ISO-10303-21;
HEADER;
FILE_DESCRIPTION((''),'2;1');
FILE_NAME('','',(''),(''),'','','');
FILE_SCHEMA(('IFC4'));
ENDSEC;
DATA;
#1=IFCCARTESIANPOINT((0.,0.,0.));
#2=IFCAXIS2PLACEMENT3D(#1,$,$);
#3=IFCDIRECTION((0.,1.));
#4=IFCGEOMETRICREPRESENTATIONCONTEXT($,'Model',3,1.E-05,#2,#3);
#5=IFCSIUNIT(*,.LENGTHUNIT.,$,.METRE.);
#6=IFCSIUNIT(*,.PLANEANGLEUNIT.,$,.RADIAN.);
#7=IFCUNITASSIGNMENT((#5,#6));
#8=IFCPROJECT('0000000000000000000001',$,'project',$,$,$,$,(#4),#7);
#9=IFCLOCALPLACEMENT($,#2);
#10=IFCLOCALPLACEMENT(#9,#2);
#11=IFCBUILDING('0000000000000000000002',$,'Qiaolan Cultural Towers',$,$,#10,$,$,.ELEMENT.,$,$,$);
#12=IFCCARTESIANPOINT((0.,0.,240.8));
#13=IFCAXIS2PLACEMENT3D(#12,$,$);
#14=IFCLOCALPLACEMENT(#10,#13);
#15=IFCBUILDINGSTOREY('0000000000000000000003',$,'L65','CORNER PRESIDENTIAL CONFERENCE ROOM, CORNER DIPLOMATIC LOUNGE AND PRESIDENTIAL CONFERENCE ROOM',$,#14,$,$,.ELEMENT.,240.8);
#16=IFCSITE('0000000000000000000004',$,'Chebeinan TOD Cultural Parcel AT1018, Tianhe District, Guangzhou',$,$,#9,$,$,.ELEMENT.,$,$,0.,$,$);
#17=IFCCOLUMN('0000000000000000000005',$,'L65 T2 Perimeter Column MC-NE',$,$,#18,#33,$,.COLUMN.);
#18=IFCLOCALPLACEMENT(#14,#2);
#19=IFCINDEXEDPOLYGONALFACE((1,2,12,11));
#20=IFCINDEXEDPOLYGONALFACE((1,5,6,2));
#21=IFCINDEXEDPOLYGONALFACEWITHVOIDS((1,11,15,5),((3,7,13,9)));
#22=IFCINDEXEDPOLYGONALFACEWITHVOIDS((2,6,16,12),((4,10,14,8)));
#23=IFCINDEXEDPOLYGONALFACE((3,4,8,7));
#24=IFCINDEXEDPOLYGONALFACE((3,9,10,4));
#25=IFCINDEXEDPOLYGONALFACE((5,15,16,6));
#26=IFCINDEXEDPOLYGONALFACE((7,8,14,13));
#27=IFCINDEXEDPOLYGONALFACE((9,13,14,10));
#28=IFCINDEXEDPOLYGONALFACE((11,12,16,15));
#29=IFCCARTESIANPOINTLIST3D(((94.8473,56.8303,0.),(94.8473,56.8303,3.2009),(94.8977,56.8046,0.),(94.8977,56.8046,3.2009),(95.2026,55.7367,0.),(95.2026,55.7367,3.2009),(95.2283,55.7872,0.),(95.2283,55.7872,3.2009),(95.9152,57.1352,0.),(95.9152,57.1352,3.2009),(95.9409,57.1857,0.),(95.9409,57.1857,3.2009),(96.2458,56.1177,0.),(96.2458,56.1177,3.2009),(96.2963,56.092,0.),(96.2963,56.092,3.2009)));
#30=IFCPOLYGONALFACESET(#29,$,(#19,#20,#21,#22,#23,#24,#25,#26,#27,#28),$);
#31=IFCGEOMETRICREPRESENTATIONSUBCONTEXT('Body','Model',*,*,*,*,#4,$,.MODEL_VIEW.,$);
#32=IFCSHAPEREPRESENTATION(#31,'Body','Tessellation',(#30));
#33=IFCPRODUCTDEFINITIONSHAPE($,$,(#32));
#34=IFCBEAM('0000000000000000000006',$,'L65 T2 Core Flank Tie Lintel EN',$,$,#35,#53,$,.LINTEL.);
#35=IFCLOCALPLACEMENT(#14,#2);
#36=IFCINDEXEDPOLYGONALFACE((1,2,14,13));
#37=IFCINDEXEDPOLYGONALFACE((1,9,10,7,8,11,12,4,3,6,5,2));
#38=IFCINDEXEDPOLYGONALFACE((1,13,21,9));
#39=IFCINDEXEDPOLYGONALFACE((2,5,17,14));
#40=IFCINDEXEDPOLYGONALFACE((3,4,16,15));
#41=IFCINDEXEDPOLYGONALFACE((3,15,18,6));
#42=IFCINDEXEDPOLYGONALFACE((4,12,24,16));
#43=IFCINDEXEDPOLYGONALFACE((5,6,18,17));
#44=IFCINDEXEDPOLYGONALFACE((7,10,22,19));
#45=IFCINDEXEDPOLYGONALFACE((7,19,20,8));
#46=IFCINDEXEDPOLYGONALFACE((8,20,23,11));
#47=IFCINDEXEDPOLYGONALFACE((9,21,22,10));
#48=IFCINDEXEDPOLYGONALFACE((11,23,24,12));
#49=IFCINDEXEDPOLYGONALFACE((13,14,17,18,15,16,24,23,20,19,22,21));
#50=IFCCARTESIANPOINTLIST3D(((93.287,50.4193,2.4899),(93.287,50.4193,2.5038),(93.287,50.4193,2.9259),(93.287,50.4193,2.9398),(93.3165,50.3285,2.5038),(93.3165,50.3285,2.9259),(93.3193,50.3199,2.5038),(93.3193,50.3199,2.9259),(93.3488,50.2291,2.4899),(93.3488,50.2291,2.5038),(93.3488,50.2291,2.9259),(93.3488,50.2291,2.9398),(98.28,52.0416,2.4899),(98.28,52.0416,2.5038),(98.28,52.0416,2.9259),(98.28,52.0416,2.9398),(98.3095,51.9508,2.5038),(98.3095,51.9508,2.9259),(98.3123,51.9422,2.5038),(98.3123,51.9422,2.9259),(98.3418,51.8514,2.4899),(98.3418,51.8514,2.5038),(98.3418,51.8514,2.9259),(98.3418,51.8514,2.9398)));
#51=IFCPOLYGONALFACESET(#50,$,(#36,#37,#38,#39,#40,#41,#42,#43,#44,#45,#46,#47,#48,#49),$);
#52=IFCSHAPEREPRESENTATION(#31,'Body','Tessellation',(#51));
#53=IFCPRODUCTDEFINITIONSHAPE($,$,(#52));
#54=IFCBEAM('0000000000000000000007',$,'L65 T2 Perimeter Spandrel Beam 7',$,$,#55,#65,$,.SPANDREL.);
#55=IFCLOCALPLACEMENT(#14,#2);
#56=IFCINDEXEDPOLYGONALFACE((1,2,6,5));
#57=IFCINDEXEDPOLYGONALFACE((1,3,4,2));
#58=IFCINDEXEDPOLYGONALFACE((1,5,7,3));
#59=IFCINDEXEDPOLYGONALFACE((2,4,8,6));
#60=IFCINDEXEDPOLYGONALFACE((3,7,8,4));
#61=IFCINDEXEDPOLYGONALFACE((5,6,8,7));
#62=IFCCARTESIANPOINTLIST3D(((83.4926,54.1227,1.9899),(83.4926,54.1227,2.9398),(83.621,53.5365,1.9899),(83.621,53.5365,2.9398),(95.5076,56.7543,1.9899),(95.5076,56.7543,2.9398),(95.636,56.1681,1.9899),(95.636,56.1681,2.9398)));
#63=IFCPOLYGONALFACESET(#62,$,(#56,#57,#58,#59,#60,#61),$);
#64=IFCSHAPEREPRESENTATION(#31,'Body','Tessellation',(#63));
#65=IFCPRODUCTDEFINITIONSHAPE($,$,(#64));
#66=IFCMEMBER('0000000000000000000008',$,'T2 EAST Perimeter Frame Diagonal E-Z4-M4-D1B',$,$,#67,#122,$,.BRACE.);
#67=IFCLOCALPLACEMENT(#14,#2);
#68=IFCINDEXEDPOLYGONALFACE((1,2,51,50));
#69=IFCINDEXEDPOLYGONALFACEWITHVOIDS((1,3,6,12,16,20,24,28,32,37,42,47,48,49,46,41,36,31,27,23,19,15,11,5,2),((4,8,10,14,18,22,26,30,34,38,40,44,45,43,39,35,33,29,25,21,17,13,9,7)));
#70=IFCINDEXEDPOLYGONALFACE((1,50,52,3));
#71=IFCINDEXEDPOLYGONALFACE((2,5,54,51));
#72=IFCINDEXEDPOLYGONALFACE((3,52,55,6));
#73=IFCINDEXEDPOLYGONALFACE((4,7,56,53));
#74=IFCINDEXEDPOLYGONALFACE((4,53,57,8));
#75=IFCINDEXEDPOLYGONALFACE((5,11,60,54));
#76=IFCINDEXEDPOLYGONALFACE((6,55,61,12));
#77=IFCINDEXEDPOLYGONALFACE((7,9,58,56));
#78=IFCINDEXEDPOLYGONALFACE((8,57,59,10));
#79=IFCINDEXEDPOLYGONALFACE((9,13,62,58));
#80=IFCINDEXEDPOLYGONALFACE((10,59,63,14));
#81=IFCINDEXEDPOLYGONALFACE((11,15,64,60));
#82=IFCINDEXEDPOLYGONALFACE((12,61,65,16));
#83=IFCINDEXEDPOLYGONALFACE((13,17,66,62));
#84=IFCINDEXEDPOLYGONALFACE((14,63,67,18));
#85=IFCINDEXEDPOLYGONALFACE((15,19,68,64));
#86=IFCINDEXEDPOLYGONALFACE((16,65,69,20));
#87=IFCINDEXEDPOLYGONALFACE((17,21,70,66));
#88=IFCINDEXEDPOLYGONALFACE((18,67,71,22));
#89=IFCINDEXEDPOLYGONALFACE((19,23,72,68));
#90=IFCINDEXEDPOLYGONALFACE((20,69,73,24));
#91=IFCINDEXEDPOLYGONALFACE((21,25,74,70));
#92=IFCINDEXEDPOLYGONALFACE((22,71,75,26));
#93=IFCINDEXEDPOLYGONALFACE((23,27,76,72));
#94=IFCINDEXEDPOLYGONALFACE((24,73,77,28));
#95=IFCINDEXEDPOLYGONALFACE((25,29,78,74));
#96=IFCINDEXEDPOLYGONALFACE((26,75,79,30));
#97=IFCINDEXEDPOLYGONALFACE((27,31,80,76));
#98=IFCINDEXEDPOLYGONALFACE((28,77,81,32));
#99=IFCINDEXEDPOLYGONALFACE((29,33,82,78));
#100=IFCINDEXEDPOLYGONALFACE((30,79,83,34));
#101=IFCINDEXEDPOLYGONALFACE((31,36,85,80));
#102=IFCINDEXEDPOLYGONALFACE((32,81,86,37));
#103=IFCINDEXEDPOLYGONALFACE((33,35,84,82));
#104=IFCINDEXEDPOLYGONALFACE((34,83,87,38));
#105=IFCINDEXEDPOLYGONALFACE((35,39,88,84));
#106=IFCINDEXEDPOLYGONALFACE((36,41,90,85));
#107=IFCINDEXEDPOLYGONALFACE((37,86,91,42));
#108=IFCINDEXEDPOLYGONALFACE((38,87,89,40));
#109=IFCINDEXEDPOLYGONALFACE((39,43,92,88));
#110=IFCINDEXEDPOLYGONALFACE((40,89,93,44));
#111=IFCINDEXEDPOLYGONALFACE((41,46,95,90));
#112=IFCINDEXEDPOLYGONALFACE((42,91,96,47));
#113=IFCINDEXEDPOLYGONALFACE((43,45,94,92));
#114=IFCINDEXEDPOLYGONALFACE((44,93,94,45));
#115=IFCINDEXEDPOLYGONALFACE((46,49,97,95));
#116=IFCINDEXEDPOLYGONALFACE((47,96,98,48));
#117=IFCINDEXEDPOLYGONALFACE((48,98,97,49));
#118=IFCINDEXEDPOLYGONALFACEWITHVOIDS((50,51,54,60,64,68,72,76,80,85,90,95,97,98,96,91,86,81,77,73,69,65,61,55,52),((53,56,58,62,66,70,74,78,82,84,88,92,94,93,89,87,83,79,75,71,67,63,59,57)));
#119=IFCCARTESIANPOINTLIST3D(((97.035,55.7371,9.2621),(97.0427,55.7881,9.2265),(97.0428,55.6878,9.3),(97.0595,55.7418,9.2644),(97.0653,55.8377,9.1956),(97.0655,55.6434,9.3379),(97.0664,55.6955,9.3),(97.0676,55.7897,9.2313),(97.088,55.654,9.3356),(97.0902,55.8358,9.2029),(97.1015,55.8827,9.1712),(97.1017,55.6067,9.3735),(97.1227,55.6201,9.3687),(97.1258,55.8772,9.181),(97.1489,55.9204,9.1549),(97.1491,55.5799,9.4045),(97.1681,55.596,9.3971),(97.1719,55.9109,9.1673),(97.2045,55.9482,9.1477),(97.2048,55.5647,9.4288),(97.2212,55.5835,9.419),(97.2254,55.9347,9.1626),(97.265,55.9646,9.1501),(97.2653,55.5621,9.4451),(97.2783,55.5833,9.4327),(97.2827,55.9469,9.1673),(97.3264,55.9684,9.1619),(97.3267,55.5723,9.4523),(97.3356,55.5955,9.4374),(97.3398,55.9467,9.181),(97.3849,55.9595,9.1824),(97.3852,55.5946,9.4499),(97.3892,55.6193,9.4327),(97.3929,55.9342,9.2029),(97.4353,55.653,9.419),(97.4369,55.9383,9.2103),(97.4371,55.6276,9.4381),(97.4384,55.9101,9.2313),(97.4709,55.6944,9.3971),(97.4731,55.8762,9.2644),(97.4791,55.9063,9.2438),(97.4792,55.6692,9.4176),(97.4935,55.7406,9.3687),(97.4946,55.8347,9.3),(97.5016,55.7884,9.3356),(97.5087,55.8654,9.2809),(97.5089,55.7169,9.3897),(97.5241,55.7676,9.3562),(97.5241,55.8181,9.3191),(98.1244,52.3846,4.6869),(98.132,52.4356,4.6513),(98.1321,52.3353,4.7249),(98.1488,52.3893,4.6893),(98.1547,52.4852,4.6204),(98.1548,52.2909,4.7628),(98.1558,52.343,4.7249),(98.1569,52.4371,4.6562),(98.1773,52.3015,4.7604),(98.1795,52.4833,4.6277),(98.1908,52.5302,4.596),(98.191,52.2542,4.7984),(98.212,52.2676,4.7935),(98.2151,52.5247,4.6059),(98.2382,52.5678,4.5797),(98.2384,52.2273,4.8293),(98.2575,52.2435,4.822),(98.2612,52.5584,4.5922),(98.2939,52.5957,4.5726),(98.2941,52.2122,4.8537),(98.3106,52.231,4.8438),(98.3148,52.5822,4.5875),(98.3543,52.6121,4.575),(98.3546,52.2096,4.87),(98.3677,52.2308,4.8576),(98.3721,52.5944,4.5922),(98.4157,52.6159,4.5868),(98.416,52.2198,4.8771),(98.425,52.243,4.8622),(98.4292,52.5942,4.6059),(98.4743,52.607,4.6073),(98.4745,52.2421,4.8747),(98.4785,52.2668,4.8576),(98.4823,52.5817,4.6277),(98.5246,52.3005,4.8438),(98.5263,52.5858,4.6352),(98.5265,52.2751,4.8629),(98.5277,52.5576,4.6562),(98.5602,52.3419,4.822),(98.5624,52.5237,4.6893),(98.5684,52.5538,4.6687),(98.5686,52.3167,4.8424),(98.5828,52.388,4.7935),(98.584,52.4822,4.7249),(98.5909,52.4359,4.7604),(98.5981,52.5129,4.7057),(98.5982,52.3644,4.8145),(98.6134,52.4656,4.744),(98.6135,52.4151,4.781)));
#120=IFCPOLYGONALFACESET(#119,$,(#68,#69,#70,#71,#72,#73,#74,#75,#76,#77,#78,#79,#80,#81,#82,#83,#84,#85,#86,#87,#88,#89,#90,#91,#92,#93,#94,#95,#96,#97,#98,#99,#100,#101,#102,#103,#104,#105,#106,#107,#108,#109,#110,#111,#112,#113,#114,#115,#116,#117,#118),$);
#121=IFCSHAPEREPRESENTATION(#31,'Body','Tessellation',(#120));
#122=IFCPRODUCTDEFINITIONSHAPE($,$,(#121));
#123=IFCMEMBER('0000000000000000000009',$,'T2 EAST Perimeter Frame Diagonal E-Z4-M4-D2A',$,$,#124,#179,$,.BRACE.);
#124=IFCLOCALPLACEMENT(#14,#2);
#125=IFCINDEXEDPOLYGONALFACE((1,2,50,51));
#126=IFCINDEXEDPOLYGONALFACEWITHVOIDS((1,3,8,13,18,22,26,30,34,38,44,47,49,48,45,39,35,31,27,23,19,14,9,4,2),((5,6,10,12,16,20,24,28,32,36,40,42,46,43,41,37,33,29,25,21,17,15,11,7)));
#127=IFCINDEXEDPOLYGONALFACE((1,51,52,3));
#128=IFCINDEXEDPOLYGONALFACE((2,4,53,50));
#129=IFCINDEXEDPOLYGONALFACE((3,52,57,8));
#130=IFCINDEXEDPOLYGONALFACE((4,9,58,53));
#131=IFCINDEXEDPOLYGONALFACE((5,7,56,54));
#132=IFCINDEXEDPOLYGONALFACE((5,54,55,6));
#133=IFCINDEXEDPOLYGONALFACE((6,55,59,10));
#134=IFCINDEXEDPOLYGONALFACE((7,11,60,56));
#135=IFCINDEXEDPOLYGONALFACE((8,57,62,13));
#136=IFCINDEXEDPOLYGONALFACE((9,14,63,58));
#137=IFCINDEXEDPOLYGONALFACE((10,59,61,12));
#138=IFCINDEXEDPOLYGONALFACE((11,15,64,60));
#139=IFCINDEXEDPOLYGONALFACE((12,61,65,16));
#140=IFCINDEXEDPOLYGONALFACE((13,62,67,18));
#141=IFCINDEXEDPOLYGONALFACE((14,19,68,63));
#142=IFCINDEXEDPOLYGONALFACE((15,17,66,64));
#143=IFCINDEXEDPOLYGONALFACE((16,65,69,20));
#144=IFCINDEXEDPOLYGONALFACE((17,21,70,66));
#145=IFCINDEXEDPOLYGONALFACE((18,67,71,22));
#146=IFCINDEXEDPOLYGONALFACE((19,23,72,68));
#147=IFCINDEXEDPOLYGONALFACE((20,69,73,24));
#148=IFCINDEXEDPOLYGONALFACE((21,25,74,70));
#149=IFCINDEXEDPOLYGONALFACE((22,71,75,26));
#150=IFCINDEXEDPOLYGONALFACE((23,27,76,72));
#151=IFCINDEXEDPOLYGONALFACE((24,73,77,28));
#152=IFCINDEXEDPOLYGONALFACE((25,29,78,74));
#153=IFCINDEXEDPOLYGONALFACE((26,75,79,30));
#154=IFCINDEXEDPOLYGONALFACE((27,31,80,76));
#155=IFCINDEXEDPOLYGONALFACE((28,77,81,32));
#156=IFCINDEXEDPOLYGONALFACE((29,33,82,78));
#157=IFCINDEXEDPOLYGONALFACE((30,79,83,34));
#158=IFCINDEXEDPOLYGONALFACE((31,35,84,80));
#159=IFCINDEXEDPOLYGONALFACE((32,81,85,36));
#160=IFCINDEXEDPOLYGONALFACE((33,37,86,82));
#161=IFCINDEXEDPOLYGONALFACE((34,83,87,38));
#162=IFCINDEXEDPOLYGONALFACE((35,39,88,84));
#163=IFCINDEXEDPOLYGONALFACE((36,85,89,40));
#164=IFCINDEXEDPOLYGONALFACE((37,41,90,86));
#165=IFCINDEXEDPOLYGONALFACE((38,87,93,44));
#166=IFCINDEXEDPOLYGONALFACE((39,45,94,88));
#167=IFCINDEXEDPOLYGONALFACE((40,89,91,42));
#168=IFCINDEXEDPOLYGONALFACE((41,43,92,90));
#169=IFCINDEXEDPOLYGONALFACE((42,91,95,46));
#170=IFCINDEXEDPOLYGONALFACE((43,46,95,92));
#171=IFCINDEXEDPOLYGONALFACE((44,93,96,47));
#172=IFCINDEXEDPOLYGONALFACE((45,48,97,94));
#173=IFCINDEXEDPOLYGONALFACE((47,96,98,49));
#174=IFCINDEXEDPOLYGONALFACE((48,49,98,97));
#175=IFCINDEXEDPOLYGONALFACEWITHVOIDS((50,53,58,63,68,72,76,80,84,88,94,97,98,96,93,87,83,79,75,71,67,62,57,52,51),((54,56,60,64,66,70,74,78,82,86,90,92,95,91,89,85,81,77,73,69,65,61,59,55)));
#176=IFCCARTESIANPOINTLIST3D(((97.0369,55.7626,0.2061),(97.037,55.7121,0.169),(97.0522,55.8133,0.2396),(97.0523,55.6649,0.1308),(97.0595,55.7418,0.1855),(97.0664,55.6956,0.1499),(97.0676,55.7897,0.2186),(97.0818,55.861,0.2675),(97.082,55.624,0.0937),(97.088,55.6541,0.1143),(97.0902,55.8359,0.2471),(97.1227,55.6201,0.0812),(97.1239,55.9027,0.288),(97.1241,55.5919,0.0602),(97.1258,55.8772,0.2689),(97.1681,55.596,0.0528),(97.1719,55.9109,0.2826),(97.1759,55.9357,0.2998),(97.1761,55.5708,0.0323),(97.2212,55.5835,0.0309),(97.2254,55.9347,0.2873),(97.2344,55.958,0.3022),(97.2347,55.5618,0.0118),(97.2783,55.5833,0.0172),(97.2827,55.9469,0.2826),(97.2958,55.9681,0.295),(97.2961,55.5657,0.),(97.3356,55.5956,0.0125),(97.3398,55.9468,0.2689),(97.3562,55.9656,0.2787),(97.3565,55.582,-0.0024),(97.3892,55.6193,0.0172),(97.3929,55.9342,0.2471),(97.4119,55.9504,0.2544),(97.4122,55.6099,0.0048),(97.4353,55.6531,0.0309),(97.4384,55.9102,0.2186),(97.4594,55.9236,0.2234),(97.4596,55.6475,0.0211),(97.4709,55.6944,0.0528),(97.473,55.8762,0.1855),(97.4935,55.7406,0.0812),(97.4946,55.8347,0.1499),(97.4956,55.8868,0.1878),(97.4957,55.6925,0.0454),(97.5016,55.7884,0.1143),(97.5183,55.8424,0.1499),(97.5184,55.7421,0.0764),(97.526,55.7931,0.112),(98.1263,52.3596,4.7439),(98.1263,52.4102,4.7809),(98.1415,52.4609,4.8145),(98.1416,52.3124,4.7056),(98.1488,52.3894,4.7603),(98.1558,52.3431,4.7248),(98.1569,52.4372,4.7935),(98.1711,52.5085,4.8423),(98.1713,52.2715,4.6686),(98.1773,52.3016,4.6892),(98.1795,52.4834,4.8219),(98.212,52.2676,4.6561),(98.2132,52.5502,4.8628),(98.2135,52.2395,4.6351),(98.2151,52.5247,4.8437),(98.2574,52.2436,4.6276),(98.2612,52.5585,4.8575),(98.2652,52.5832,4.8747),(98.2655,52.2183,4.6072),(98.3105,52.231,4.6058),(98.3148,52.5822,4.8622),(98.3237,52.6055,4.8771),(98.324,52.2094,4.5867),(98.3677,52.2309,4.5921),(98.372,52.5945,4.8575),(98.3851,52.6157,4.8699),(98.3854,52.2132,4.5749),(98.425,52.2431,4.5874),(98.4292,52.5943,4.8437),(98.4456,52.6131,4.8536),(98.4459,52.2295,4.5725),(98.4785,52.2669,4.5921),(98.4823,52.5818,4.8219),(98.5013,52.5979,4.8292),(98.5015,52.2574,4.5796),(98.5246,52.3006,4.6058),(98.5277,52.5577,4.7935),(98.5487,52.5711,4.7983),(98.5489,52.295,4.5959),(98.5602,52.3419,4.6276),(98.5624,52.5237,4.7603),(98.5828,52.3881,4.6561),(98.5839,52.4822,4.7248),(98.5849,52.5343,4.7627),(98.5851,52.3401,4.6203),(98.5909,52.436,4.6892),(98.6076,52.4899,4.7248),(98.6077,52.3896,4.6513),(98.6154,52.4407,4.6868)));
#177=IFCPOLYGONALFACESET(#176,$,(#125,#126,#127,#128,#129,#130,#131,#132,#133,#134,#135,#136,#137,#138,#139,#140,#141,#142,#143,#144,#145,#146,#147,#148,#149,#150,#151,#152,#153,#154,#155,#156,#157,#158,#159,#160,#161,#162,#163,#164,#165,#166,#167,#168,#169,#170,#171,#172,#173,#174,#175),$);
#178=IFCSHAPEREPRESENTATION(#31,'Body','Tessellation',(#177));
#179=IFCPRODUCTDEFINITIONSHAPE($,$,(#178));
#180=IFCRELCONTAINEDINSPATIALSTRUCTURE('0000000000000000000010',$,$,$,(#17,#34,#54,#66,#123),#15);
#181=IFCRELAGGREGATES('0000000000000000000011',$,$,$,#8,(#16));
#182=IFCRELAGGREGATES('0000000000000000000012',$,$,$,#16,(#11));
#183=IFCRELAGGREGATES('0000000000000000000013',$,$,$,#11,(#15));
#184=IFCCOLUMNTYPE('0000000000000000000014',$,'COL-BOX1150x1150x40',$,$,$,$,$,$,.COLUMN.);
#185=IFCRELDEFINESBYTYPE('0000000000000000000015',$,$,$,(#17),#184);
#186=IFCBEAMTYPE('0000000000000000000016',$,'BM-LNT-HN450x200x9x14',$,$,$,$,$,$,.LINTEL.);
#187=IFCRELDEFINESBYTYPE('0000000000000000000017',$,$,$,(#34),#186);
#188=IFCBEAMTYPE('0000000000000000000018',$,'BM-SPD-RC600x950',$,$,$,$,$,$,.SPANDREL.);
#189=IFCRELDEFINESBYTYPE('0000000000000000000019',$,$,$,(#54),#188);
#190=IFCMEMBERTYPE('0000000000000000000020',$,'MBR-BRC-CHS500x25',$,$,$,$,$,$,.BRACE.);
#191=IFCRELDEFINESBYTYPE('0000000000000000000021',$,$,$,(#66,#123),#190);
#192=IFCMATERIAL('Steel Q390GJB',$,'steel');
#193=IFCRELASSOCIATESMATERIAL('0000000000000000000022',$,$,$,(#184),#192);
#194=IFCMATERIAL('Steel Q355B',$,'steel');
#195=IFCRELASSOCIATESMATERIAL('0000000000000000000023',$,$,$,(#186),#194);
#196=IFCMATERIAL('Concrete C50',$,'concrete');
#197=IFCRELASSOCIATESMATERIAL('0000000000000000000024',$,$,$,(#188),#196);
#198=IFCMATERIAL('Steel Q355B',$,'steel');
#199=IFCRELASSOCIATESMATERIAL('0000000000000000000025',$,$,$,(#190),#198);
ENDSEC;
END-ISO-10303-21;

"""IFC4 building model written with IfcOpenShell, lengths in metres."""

from ifc_helpers import new_model, si_unit, direction, frame, origin, origin_2d, place, context, subcontext, project, spatial, rectangle, hollow_rectangle, hollow_circle, i_section, extrude, material, material_profile, profile_set, type_object, element, save


model = new_model("IFC4")

# Units and contexts
model_context = context("Model", 3, precision=1e-05, world=origin(), true_north=direction((0.0, 1.0)))
body_context = subcontext(model_context, "Body", "Model", "MODEL_VIEW")
ifc_project = project(units=[si_unit("LENGTHUNIT", "METRE"), si_unit("PLANEANGLEUNIT", "RADIAN")], contexts=[model_context])

# Site, building, storey
site_placement = place(None, origin())
site = spatial("IfcSite", under=ifc_project, at=site_placement, Name="Chebeinan TOD Cultural Parcel AT1018, Tianhe District, Guangzhou", CompositionType="ELEMENT", RefElevation=0.0)
building_placement = place(site_placement, origin())
building = spatial("IfcBuilding", under=site, at=building_placement, Name="Qiaolan Cultural Towers", CompositionType="ELEMENT")
storey_placement = place(building_placement, frame((0.0, 0.0, 240.8)))
storey = spatial("IfcBuildingStorey", under=building, at=storey_placement, Name="L65", Description="CORNER PRESIDENTIAL CONFERENCE ROOM, CORNER DIPLOMATIC LOUNGE AND PRESIDENTIAL CONFERENCE ROOM", CompositionType="ELEMENT", Elevation=240.8)

# Column
ifc_material_1 = material(Name="Steel Q390GJB", Category="steel")
ifc_material_profile_1 = material_profile(ifc_material_1, hollow_rectangle(XDim=1.1499, YDim=1.1499, WallThickness=0.04, at=origin_2d()), Name="BOX1150x1150x40")
ifc_profile_set_1 = profile_set([ifc_material_profile_1], Name="Steel Q390GJB")
column_type = type_object("IfcColumnType", Name="COL-BOX1150x1150x40", PredefinedType="COLUMN", material=ifc_profile_set_1)
column_placement = place(storey_placement, frame((95.5718, 56.4612, 0.0), z_axis=(0.0, 0.0, 1.0), x_axis=(0.951057, 0.309017, 0.0)))
element("IfcColumn", 1, at=column_placement, inside=storey, type_object=column_type, Name="L65 T2 Perimeter Column MC-NE", PredefinedType="COLUMN", context=body_context, shape_type="SweptSolid", body=[
    extrude(hollow_rectangle(XDim=1.1499, YDim=1.1499, WallThickness=0.04, at=origin_2d()), origin(), (0.0, 0.0, 1.0), 3.2009),
])

# Beams
ifc_material_2 = material(Name="Steel Q355B", Category="steel")
ifc_material_profile_2 = material_profile(ifc_material_2, i_section(OverallWidth=0.2, OverallDepth=0.45, WebThickness=0.009, FlangeThickness=0.0139, at=origin_2d()), Name="HN450x200x9x14")
ifc_profile_set_2 = profile_set([ifc_material_profile_2], Name="Steel Q355B")
beam_type_1 = type_object("IfcBeamType", Name="BM-LNT-HN450x200x9x14", PredefinedType="LINTEL", material=ifc_profile_set_2)
beam_1_placement = place(storey_placement, frame((93.3179, 50.3242, 2.7148), z_axis=(0.95106, 0.309006, 0.0), x_axis=(-0.309006, 0.95106, 0.0)))
element("IfcBeam", 2, at=beam_1_placement, inside=storey, type_object=beam_type_1, Name="L65 T2 Core Flank Tie Lintel EN", PredefinedType="LINTEL", context=body_context, shape_type="SweptSolid", body=[
    extrude(i_section(OverallWidth=0.2, OverallDepth=0.45, WebThickness=0.009, FlangeThickness=0.0139, at=origin_2d()), origin(), (0.0, 0.0, 1.0), 5.25),
])
ifc_material_3 = material(Name="Concrete C50", Category="concrete")
ifc_material_profile_3 = material_profile(ifc_material_3, rectangle(XDim=0.6001, YDim=0.95, at=origin_2d()), Name="RC600x950")
ifc_profile_set_3 = profile_set([ifc_material_profile_3], Name="Concrete C50")
beam_type_2 = type_object("IfcBeamType", Name="BM-SPD-RC600x950", PredefinedType="SPANDREL", material=ifc_profile_set_3)
beam_2_placement = place(storey_placement, frame((95.5718, 56.4612, 2.4648), z_axis=(-0.976843, -0.213956, 0.0), x_axis=(0.213956, -0.976843, 0.0)))
element("IfcBeam", 3, at=beam_2_placement, inside=storey, type_object=beam_type_2, Name="L65 T2 Perimeter Spandrel Beam 7", PredefinedType="SPANDREL", context=body_context, shape_type="SweptSolid", body=[
    extrude(rectangle(XDim=0.6001, YDim=0.95, at=origin_2d()), origin(), (0.0, 0.0, 1.0), 12.2998),
])

# Members
ifc_material_4 = material(Name="Steel Q355B", Category="steel")
ifc_material_profile_4 = material_profile(ifc_material_4, hollow_circle(Radius=0.25, WallThickness=0.0249, at=origin_2d()), Name="CHS500x25")
ifc_profile_set_4 = profile_set([ifc_material_profile_4], Name="Steel Q355B")
member_type = type_object("IfcMemberType", Name="MBR-BRC-CHS500x25", PredefinedType="BRACE", material=ifc_profile_set_4)
member_1_placement = place(storey_placement, frame((98.3699, 52.4126, 4.7249), z_axis=(-0.18861, 0.580457, 0.792147), x_axis=(-0.951052, -0.30903, 0.0)))
element("IfcMember", 4, at=member_1_placement, inside=storey, type_object=member_type, Name="T2 EAST Perimeter Frame Diagonal E-Z4-M4-D1B", PredefinedType="BRACE", context=body_context, shape_type="SweptSolid", body=[
    extrude(hollow_circle(Radius=0.25, WallThickness=0.0249, at=origin_2d()), origin(), (0.0, 0.0, 1.0), 5.7756),
])
member_2_placement = place(storey_placement, frame((97.2805, 55.7651, 0.1499), z_axis=(0.188617, -0.580476, 0.792131), x_axis=(0.951052, 0.30903, 0.0)))
element("IfcMember", 5, at=member_2_placement, inside=storey, type_object=member_type, Name="T2 EAST Perimeter Frame Diagonal E-Z4-M4-D2A", PredefinedType="BRACE", context=body_context, shape_type="SweptSolid", body=[
    extrude(hollow_circle(Radius=0.25, WallThickness=0.0249, at=origin_2d()), origin(), (0.0, 0.0, 1.0), 5.7754),
])

save(model, "model.ifc")
